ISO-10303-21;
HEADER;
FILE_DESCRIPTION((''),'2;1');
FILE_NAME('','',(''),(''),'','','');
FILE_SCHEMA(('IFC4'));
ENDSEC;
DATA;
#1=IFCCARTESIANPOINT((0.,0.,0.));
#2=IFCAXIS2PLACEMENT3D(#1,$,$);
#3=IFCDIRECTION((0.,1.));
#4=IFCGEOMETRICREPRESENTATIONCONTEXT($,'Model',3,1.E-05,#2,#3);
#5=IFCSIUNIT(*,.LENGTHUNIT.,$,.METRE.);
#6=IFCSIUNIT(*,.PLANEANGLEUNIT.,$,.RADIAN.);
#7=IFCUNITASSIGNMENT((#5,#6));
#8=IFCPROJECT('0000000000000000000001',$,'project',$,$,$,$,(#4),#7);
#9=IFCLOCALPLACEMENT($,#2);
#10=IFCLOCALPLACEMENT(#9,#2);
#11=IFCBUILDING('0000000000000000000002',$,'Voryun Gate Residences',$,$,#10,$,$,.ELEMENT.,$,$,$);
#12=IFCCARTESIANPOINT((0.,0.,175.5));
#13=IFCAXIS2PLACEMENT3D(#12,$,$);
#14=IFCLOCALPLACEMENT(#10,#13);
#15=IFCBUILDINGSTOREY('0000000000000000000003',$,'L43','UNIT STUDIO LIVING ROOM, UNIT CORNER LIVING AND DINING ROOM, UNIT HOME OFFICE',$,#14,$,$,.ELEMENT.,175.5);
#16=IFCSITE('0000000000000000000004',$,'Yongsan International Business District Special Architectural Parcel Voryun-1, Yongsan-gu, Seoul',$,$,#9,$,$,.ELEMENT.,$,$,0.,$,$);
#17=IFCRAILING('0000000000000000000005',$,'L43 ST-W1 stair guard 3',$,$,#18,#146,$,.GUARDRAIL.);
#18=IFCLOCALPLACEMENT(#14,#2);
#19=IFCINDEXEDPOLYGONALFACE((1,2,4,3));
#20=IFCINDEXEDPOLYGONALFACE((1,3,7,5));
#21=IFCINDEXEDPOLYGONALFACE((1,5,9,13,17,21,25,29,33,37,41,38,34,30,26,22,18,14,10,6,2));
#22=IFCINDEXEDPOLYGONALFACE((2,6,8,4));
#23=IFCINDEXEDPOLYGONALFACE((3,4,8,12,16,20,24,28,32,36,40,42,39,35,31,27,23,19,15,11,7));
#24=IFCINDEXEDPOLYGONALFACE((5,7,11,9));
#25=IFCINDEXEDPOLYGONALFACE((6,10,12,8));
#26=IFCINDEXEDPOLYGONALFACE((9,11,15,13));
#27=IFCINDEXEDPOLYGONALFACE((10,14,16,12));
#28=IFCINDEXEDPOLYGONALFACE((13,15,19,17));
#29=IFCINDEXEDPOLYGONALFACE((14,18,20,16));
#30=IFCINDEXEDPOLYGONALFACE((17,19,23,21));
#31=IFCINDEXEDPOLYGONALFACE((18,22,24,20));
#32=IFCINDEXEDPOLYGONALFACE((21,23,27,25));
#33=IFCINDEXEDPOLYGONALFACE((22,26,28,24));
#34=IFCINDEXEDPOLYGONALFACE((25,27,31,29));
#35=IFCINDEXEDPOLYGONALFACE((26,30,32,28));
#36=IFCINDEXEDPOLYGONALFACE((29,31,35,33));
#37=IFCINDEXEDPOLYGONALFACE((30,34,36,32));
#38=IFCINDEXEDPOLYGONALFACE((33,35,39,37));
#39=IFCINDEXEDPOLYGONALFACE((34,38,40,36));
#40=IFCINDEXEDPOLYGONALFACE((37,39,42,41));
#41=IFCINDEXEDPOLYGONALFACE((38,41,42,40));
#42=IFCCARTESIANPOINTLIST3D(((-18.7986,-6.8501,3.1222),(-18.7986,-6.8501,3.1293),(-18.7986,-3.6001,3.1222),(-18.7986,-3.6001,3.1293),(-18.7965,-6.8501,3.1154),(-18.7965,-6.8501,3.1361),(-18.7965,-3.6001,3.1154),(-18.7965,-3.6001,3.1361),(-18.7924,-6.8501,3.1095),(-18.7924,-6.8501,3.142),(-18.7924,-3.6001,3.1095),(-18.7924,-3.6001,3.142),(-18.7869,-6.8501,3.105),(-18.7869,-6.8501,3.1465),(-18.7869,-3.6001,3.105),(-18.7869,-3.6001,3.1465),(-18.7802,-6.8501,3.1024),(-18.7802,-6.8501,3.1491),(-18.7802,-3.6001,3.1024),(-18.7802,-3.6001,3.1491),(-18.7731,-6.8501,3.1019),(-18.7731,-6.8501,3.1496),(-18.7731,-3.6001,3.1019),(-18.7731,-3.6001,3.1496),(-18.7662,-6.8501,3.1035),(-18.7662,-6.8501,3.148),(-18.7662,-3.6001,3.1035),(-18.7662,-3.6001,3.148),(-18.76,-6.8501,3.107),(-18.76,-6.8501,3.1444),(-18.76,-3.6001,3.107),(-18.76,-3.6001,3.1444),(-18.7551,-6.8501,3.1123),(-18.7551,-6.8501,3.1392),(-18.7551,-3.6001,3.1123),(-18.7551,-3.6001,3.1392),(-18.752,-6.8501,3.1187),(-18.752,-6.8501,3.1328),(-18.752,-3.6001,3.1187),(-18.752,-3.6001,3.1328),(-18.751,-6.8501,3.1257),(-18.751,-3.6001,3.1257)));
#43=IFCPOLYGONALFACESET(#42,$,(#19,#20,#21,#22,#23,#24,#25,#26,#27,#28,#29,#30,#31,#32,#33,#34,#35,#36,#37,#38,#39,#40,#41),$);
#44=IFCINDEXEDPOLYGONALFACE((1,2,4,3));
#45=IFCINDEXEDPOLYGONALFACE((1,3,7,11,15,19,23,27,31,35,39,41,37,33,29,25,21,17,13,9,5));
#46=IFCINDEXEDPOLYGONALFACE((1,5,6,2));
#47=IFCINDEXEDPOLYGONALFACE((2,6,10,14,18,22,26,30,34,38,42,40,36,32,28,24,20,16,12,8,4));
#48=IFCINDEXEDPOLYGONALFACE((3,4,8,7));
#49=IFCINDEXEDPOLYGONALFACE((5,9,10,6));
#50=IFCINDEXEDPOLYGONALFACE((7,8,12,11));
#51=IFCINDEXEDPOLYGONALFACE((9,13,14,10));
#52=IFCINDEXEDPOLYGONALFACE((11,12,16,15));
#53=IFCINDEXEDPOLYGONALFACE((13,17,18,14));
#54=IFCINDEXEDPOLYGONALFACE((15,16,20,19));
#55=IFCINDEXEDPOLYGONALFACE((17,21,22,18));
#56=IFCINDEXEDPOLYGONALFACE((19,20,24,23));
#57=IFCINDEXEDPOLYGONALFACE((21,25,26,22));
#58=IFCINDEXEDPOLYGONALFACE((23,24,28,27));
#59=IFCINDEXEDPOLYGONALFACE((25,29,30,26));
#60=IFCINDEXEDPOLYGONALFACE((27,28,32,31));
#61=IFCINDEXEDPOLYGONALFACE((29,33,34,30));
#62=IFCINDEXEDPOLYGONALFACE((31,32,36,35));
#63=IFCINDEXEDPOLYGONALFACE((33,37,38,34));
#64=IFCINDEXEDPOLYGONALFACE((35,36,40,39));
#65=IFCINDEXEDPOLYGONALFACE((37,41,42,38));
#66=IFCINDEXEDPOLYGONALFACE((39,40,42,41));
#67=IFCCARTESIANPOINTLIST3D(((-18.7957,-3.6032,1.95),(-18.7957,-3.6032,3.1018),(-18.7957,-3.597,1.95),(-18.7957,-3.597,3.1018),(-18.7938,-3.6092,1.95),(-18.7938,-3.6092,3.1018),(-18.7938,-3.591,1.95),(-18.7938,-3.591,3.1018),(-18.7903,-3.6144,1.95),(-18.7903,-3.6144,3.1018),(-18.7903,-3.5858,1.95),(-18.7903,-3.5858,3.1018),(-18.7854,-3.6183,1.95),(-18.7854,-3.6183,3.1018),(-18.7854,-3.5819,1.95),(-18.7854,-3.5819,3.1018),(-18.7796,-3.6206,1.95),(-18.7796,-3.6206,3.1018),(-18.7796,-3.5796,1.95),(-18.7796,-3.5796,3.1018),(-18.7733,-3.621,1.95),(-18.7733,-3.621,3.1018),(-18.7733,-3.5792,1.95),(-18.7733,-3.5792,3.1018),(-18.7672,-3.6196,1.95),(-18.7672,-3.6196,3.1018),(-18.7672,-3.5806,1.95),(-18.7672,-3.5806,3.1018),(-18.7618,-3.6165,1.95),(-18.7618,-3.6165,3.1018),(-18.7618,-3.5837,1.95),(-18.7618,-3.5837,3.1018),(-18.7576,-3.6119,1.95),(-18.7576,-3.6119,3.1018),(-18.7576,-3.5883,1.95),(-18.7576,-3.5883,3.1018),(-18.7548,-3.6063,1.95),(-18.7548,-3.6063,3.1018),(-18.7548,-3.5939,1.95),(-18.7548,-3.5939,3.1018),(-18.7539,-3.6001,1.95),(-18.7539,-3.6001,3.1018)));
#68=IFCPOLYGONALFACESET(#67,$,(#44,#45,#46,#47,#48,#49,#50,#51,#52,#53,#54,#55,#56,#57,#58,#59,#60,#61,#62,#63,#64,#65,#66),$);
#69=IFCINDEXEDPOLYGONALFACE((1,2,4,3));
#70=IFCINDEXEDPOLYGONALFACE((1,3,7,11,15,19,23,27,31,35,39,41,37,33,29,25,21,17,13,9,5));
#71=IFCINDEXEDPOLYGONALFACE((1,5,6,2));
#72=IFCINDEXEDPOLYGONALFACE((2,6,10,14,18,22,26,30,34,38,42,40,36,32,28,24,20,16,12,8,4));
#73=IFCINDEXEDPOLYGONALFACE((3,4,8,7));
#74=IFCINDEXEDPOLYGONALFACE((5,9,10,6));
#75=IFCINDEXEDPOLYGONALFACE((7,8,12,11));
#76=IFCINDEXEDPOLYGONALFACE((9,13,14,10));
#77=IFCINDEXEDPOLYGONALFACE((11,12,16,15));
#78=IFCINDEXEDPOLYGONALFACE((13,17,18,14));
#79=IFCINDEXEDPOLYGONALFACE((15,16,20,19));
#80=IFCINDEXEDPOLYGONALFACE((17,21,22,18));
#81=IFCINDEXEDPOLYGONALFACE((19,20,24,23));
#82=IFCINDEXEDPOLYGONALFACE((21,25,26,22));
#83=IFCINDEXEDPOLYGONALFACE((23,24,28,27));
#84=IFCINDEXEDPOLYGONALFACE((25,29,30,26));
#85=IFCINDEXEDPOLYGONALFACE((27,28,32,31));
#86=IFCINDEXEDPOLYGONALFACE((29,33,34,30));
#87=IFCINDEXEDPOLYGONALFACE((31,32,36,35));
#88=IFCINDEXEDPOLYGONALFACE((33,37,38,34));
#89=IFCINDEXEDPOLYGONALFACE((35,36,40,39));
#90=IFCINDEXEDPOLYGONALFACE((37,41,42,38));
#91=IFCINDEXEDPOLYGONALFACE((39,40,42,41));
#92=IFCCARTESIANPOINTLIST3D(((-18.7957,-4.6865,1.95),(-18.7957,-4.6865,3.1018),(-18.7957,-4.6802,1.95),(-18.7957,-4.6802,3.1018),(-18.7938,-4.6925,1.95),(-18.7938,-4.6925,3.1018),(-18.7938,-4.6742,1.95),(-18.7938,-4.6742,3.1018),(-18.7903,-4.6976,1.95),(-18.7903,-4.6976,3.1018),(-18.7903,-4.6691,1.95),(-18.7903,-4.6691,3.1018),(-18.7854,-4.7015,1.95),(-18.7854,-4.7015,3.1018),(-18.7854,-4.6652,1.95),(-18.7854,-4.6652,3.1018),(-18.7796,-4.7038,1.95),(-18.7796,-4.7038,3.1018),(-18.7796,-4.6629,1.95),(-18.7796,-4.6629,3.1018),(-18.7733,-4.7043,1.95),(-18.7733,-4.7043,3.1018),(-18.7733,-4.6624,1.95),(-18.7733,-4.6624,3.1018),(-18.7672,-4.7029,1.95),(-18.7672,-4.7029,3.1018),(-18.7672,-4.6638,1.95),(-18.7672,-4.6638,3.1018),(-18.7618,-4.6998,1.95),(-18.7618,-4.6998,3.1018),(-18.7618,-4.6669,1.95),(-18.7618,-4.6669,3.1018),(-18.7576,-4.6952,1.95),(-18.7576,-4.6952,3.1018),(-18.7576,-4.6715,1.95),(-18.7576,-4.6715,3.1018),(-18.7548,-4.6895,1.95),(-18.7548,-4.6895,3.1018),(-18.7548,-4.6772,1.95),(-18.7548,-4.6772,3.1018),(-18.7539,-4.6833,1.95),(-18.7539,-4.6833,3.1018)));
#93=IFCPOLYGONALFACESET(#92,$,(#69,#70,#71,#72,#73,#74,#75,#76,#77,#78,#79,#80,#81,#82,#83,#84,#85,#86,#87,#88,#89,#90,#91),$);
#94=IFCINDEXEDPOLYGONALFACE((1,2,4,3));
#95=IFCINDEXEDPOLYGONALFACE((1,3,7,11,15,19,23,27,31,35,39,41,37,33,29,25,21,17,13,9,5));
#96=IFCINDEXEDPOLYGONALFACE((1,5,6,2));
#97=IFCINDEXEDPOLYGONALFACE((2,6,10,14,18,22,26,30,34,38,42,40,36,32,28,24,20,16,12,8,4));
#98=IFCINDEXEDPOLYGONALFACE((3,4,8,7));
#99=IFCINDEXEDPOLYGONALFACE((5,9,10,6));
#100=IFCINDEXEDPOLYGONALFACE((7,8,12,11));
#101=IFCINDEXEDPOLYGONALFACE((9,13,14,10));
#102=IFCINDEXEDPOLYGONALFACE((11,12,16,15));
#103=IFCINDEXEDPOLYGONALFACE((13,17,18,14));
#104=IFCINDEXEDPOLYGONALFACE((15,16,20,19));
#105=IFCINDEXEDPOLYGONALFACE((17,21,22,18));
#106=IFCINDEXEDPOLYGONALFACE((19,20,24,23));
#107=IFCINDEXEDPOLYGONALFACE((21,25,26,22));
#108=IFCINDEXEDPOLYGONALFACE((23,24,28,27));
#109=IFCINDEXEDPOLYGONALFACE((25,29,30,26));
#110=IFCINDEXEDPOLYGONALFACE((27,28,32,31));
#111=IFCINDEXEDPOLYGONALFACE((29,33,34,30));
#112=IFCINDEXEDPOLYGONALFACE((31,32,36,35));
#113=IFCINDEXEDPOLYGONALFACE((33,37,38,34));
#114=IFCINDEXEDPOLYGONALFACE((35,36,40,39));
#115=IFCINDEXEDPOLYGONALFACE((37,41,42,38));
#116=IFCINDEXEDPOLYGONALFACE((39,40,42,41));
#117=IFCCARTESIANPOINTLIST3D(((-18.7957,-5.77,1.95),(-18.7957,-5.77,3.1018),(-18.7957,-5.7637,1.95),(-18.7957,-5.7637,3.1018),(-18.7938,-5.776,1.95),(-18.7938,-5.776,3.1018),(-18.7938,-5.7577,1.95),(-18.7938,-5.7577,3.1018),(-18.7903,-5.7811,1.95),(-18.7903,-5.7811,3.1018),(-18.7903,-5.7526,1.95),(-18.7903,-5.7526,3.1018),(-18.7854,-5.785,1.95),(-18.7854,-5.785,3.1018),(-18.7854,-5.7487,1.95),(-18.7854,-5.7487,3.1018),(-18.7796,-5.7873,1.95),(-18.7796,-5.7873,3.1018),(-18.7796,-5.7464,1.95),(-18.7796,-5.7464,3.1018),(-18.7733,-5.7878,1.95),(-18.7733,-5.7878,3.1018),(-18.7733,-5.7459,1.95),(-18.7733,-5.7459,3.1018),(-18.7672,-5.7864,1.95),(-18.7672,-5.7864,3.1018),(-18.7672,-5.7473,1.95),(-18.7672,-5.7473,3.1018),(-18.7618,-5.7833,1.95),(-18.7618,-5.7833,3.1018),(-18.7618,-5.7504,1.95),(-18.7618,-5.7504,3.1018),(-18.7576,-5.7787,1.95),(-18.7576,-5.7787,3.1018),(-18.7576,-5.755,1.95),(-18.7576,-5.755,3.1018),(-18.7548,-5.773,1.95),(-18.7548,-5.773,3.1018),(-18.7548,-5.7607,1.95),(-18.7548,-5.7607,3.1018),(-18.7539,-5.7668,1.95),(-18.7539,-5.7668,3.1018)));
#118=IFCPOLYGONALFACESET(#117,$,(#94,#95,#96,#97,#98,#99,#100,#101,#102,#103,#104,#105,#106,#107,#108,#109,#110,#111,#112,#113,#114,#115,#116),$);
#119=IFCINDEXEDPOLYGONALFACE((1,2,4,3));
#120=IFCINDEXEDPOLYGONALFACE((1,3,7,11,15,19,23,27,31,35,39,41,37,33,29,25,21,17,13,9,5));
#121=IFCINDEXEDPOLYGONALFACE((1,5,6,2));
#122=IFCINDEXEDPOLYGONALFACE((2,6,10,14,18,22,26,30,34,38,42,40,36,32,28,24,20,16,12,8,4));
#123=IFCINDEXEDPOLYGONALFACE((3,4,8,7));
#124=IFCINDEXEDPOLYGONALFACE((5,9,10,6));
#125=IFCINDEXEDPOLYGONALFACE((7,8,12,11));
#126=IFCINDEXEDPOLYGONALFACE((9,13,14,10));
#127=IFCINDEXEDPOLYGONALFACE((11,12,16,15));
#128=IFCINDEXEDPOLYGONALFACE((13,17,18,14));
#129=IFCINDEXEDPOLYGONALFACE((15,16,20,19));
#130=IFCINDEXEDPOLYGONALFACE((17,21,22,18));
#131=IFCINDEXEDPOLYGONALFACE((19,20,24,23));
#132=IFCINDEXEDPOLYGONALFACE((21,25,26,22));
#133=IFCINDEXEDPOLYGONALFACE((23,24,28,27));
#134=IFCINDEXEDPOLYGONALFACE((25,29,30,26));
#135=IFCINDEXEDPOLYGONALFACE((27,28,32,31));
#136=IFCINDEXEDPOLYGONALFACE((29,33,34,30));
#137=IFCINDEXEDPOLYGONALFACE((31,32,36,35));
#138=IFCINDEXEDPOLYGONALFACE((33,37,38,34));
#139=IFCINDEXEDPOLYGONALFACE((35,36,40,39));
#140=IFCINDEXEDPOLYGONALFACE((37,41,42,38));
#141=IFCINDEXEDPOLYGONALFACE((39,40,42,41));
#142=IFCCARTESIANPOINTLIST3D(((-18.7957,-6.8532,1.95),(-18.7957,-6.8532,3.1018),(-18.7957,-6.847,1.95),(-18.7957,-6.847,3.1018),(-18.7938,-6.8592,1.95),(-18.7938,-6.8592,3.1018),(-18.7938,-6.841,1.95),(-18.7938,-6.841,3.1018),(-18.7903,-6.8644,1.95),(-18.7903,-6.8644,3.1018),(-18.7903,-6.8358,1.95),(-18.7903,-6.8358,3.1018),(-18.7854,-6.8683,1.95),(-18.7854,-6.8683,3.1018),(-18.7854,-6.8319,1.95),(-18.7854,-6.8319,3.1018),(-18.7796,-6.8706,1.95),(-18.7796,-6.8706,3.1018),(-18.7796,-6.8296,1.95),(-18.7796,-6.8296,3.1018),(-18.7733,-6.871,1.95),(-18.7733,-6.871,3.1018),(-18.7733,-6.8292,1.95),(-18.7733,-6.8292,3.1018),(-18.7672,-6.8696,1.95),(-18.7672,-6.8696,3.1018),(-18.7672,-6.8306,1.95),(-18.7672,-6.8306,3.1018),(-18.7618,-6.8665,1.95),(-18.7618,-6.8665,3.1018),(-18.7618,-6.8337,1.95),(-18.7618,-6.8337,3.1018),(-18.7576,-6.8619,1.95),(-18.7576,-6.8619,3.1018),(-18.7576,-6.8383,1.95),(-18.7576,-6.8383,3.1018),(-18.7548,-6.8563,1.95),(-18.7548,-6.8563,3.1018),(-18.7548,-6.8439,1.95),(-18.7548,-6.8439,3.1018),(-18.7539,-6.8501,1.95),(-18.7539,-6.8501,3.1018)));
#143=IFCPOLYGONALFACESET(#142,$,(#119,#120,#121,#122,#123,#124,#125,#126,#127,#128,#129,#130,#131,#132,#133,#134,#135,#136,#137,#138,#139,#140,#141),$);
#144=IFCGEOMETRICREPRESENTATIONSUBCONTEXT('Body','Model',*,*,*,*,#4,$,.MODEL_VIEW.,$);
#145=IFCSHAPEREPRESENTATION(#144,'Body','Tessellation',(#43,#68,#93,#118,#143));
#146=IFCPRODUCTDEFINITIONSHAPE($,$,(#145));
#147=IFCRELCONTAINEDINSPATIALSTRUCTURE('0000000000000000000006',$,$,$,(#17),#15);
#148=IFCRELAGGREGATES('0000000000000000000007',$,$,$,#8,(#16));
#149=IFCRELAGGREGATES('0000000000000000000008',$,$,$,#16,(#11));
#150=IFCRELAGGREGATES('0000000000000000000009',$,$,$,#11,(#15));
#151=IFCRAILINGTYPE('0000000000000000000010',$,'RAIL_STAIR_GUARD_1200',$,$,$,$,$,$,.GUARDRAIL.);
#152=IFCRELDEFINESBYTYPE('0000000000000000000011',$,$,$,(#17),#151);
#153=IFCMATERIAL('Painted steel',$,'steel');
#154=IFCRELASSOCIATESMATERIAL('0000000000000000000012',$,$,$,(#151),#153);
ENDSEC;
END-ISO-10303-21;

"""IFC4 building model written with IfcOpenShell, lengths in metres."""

from ifc_helpers import new_model, si_unit, direction, frame, origin, origin_2d, place, context, subcontext, project, spatial, circle, extrude, material, type_object, element, save


model = new_model("IFC4")

# Units and contexts
model_context = context("Model", 3, precision=1e-05, world=origin(), true_north=direction((0.0, 1.0)))
body_context = subcontext(model_context, "Body", "Model", "MODEL_VIEW")
ifc_project = project(units=[si_unit("LENGTHUNIT", "METRE"), si_unit("PLANEANGLEUNIT", "RADIAN")], contexts=[model_context])

# Site, building, storey
site_placement = place(None, origin())
site = spatial("IfcSite", under=ifc_project, at=site_placement, Name="Yongsan International Business District Special Architectural Parcel Voryun-1, Yongsan-gu, Seoul", CompositionType="ELEMENT", RefElevation=0.0)
building_placement = place(site_placement, origin())
building = spatial("IfcBuilding", under=site, at=building_placement, Name="Voryun Gate Residences", CompositionType="ELEMENT")
storey_placement = place(building_placement, frame((0.0, 0.0, 175.5)))
storey = spatial("IfcBuildingStorey", under=building, at=storey_placement, Name="L43", Description="UNIT STUDIO LIVING ROOM, UNIT CORNER LIVING AND DINING ROOM, UNIT HOME OFFICE", CompositionType="ELEMENT", Elevation=175.5)

# Railing
ifc_material_1 = material(Name="Painted steel", Category="steel")
railing_type_1 = type_object("IfcRailingType", Name="RAIL_STAIR_GUARD_1200", PredefinedType="GUARDRAIL", material=ifc_material_1)
railing_1_placement = place(storey_placement, frame((-18.7749, -3.6001, 1.95)))
element("IfcRailing", 1, at=railing_1_placement, inside=storey, type_object=railing_type_1, Name="L43 ST-W1 stair guard 3", PredefinedType="GUARDRAIL", context=body_context, shape_type="SweptSolid", body=[
    extrude(circle(Radius=0.0239, at=origin_2d()), frame((0.0, 0.0, 1.1758), z_axis=(0.0, -1.0, 0.0), x_axis=(1.0, 0.0, 0.0)), (0.0, 0.0, 1.0), 3.25),
    extrude(circle(Radius=0.021, at=origin_2d()), origin(), (0.0, 0.0, 1.0), 1.1519),
    extrude(circle(Radius=0.021, at=origin_2d()), frame((0.0, -1.0833, 0.0)), (0.0, 0.0, 1.0), 1.1519),
    extrude(circle(Radius=0.021, at=origin_2d()), frame((0.0, -2.1667, 0.0)), (0.0, 0.0, 1.0), 1.1519),
    extrude(circle(Radius=0.021, at=origin_2d()), frame((0.0, -3.25, 0.0)), (0.0, 0.0, 1.0), 1.1519),
])

save(model, "model.ifc")
